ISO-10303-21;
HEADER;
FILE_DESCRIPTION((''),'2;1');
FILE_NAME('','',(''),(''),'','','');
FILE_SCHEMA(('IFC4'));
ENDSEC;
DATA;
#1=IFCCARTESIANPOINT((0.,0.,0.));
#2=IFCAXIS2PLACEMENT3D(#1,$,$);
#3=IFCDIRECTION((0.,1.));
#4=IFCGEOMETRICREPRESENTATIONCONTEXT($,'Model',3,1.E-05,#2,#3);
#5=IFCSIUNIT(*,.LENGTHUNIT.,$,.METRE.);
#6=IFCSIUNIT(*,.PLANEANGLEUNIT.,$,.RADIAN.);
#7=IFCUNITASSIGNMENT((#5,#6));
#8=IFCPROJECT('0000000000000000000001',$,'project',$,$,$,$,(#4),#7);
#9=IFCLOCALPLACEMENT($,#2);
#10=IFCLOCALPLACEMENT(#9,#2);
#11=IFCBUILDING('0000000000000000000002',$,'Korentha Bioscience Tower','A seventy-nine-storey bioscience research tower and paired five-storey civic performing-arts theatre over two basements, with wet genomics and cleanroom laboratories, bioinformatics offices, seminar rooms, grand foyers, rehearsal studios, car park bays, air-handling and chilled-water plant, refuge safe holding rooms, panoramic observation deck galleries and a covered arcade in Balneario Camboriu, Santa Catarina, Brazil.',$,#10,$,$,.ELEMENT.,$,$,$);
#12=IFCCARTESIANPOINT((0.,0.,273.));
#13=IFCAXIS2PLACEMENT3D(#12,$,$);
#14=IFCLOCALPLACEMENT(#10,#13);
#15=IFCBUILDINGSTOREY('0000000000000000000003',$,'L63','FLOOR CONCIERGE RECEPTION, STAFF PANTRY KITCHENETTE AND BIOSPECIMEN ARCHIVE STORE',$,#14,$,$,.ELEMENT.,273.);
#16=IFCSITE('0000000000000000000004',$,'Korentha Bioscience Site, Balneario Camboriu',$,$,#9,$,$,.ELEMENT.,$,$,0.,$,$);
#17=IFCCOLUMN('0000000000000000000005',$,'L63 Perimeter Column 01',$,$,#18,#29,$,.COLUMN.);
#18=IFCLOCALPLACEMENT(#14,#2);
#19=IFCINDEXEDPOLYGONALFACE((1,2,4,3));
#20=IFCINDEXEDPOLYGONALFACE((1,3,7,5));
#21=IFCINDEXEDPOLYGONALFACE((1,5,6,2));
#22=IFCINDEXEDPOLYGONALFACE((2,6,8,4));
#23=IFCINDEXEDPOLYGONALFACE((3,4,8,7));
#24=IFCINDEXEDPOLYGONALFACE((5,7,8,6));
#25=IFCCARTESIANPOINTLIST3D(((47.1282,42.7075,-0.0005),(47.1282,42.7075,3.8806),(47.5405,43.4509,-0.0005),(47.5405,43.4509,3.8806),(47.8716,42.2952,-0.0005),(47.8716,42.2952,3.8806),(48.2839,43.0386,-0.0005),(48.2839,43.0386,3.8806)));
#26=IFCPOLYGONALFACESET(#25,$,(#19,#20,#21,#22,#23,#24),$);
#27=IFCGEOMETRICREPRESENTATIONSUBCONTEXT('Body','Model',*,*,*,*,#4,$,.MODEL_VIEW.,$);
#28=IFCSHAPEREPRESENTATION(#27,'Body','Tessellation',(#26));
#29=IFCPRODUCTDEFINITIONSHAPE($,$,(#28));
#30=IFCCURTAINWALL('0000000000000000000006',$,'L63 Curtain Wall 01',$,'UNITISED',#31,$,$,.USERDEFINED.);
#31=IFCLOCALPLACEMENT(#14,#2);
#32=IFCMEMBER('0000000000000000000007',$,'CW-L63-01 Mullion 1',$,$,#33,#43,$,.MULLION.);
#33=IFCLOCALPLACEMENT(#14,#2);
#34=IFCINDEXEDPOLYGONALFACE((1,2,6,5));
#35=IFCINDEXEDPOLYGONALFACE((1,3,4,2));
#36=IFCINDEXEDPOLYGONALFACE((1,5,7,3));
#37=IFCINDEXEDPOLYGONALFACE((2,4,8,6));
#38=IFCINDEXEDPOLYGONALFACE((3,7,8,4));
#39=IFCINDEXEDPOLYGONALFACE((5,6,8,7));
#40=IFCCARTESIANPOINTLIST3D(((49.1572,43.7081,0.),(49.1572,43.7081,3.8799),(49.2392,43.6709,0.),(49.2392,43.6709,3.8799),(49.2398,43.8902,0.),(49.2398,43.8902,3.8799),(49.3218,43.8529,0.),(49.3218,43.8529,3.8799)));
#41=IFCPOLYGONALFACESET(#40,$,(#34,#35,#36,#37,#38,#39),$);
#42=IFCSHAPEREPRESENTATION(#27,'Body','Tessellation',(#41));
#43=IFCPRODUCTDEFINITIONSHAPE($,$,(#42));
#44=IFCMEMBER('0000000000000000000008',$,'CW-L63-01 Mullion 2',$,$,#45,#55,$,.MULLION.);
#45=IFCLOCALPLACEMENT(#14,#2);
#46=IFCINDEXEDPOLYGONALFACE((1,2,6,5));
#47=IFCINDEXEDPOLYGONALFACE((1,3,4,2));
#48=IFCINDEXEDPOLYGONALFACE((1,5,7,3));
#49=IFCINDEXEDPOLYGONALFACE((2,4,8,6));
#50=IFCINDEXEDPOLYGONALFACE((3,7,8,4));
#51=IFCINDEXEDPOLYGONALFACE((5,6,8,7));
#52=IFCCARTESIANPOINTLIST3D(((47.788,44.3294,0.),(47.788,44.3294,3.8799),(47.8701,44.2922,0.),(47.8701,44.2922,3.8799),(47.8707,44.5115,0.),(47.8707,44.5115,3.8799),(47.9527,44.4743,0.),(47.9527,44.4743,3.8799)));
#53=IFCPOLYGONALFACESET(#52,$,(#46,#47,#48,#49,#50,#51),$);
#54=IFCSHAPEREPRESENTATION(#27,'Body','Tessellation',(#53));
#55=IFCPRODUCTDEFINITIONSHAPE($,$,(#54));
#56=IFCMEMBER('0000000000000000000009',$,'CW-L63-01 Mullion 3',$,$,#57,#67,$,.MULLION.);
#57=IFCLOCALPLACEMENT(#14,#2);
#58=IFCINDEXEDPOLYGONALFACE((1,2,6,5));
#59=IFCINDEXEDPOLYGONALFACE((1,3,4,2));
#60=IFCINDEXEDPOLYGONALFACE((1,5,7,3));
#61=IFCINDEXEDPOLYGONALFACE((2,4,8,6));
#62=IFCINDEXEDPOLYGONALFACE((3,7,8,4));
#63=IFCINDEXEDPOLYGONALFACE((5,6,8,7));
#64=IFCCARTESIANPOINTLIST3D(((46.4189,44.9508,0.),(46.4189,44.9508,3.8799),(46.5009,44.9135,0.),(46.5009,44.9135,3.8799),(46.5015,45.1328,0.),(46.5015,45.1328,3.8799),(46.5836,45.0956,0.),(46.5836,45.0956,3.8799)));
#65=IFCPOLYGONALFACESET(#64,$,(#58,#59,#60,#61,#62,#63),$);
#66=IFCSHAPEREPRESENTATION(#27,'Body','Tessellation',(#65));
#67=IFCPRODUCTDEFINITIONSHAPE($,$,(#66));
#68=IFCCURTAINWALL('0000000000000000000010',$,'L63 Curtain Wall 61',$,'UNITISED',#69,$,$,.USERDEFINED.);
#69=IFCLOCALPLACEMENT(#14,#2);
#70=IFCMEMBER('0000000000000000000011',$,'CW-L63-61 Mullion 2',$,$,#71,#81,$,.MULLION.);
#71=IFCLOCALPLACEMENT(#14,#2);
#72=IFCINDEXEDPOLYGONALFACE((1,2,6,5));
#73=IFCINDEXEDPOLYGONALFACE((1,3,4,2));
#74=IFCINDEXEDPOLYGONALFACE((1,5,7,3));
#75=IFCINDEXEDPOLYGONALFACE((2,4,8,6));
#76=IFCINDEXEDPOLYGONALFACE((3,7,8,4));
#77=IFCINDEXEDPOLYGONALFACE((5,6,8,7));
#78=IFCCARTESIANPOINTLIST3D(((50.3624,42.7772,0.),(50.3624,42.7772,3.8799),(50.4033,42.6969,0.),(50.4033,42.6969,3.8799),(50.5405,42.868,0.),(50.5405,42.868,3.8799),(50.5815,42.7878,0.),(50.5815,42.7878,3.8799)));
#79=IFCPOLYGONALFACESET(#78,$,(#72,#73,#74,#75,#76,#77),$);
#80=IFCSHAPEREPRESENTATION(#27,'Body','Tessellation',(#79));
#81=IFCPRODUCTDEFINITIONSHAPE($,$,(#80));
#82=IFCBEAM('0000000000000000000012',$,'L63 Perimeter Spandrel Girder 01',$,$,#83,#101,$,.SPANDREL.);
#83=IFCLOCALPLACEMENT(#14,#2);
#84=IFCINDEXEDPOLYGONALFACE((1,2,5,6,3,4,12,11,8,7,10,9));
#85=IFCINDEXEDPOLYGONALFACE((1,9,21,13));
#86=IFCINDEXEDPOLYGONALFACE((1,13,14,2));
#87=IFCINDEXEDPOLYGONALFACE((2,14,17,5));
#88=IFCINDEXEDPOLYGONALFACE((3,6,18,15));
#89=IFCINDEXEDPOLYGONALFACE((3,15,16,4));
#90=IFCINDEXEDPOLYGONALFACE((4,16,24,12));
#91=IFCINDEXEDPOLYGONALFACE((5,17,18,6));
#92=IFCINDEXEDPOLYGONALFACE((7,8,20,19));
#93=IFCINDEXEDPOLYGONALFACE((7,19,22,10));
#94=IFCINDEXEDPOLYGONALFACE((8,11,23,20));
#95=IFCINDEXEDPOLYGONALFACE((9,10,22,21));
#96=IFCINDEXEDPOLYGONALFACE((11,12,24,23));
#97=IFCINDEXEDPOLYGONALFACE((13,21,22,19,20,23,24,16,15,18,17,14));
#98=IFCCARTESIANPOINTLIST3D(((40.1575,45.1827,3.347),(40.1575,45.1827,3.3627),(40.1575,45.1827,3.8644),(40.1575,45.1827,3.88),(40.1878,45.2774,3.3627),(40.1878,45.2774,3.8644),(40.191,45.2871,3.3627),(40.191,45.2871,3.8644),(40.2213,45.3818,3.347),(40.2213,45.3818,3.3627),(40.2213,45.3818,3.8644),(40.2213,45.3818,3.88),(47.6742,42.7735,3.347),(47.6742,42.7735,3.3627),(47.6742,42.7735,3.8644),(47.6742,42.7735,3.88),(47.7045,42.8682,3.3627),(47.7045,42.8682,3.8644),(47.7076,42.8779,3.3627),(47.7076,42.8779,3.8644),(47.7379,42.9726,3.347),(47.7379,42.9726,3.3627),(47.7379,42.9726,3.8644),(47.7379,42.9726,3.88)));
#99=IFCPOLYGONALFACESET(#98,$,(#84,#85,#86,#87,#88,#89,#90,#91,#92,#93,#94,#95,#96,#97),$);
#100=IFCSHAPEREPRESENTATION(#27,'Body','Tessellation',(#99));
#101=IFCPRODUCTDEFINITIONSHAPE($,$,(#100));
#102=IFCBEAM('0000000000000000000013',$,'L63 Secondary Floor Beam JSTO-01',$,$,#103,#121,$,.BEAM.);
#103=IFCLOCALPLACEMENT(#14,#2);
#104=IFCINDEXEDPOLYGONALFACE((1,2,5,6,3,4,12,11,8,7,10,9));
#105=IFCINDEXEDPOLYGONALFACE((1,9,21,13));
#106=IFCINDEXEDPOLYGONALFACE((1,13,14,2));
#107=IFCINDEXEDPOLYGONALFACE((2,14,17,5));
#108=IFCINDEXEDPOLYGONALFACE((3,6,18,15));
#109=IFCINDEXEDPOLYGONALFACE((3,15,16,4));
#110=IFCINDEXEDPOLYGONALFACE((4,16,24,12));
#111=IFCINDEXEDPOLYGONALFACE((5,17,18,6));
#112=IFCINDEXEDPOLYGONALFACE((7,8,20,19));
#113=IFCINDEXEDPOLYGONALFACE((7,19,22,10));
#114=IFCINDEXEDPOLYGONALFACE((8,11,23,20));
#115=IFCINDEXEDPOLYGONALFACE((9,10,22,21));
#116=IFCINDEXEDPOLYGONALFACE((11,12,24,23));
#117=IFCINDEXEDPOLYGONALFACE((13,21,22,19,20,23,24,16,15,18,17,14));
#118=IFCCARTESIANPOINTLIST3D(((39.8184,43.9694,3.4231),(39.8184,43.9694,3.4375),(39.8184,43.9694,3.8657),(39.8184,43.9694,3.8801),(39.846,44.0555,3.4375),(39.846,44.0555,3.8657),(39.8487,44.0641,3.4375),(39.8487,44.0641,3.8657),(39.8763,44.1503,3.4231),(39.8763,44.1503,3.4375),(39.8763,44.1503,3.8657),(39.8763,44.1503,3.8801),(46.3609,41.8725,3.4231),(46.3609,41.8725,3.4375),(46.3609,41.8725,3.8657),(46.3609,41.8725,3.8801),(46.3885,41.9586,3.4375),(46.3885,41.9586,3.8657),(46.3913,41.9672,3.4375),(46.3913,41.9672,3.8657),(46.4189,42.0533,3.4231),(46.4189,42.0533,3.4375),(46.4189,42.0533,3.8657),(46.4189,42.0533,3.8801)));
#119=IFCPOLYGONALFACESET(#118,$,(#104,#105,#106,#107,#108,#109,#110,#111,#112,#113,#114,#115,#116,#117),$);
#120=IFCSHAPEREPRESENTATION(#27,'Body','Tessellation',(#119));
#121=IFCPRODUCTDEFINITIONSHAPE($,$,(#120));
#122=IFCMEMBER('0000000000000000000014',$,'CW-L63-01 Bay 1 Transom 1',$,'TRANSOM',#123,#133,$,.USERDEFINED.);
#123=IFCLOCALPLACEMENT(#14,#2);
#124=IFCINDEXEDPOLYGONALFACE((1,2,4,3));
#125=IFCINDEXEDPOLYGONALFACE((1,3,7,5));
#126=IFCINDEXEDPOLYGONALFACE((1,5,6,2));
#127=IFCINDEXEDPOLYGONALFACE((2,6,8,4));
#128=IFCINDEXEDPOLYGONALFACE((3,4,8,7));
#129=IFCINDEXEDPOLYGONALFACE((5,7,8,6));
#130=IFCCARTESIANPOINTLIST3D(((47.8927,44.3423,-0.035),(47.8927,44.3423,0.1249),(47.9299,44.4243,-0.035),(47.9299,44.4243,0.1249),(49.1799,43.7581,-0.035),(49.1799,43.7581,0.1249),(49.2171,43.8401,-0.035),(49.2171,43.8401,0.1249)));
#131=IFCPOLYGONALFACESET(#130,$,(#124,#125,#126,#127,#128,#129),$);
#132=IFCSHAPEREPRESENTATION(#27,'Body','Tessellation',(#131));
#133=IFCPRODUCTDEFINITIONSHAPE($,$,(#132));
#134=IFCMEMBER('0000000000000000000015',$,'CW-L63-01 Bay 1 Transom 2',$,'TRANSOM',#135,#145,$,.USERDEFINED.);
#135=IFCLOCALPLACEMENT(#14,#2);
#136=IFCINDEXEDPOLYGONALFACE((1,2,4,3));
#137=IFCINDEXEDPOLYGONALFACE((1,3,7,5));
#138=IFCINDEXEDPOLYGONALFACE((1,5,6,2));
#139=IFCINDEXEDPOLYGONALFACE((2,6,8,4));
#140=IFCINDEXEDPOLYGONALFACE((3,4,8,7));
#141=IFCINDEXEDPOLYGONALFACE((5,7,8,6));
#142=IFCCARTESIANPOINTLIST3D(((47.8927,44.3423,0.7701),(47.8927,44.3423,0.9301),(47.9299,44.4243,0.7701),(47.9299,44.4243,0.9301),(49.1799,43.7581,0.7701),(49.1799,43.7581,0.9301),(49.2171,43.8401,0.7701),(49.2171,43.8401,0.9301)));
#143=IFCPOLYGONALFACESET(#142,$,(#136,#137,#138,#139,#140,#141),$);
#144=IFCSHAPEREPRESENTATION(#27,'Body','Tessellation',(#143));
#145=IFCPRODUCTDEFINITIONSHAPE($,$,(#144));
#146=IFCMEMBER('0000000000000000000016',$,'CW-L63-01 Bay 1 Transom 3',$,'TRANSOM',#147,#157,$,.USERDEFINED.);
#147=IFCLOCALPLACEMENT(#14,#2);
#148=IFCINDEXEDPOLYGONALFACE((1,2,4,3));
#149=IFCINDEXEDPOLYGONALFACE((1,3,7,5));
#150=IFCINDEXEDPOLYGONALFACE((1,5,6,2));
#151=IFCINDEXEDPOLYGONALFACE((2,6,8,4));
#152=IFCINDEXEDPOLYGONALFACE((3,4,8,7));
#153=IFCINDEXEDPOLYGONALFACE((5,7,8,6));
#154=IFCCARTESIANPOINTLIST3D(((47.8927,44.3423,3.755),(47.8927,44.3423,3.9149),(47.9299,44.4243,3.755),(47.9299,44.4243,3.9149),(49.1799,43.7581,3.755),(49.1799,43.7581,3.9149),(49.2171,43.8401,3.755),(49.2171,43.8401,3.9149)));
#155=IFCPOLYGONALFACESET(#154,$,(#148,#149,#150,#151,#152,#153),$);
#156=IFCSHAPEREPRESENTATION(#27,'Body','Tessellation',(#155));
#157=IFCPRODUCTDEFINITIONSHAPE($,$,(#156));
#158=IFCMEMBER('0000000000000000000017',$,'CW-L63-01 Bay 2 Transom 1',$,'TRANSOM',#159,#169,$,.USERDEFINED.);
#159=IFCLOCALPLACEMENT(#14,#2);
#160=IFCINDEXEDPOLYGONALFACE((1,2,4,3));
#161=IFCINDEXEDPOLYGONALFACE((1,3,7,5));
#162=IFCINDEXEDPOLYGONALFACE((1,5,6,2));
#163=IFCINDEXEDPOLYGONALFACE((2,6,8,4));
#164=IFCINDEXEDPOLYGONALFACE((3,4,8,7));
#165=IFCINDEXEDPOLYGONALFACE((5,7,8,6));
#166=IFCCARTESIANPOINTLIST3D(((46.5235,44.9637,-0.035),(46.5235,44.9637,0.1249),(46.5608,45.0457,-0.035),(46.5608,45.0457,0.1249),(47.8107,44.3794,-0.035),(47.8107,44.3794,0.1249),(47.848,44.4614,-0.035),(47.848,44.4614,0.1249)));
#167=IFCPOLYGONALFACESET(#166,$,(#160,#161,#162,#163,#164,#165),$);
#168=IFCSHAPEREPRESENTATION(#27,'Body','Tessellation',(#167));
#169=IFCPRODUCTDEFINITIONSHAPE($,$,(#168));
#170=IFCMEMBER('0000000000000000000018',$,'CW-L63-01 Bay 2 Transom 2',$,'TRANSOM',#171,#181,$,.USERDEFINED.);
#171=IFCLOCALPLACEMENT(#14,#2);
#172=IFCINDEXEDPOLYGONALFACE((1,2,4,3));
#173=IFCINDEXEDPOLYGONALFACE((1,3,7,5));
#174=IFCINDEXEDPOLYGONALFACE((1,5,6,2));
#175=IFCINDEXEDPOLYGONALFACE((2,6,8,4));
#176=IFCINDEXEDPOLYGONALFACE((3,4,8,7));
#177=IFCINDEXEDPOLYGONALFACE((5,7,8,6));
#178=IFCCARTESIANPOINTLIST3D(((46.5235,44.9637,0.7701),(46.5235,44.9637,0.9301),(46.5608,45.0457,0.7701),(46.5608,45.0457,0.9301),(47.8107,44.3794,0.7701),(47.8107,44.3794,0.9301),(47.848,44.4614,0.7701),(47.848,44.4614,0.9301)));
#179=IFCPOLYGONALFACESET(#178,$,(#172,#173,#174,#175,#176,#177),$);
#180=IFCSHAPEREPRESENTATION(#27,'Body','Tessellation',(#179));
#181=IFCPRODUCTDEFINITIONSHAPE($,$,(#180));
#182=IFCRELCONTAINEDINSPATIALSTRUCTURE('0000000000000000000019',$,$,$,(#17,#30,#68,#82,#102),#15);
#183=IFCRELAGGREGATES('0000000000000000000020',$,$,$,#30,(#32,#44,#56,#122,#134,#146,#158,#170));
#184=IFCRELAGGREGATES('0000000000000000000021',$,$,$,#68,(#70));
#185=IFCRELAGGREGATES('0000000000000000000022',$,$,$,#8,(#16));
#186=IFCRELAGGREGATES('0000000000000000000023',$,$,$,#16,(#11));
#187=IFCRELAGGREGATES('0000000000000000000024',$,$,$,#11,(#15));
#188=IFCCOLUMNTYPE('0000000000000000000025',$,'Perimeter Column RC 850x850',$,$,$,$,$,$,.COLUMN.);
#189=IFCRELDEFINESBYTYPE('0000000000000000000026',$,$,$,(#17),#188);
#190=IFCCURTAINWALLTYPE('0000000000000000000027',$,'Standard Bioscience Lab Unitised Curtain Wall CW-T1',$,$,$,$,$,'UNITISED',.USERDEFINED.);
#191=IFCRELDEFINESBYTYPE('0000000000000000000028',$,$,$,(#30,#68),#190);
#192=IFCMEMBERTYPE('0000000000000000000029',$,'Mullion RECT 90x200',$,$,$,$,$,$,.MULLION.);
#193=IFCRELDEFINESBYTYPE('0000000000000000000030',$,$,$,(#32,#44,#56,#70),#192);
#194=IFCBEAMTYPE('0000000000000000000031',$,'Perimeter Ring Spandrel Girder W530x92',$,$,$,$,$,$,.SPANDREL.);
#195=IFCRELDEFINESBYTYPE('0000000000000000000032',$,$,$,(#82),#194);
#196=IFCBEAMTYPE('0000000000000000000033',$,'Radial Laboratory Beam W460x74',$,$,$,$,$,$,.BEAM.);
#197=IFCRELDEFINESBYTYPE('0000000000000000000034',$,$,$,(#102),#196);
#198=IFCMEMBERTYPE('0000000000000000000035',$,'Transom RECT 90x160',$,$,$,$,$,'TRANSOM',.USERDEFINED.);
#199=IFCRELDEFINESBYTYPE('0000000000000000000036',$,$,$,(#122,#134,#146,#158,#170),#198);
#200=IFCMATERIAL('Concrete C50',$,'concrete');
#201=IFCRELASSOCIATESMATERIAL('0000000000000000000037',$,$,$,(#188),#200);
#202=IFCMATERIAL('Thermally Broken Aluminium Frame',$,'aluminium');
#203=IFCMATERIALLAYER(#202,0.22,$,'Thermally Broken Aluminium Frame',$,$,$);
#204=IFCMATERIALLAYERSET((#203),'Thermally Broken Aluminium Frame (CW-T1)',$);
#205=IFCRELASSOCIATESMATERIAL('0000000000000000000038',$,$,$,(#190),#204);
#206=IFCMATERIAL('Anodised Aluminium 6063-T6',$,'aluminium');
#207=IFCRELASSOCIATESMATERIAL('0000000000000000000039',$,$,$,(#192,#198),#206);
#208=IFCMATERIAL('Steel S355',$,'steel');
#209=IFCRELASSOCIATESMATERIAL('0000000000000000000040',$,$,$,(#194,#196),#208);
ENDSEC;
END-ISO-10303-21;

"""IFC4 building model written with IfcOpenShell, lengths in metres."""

from ifc_helpers import new_model, si_unit, direction, frame, origin, origin_2d, place, context, subcontext, project, spatial, rectangle, i_section, extrude, material, layer, layer_set, material_profile, profile_set, type_object, element, aggregate, save


model = new_model("IFC4")

# Units and contexts
model_context = context("Model", 3, precision=1e-05, world=origin(), true_north=direction((0.0, 1.0)))
body_context = subcontext(model_context, "Body", "Model", "MODEL_VIEW")
ifc_project = project(units=[si_unit("LENGTHUNIT", "METRE"), si_unit("PLANEANGLEUNIT", "RADIAN")], contexts=[model_context])

# Site, building, storey
site_placement = place(None, origin())
site = spatial("IfcSite", under=ifc_project, at=site_placement, Name="Korentha Bioscience Site, Balneario Camboriu", CompositionType="ELEMENT", RefElevation=0.0)
building_placement = place(site_placement, origin())
building = spatial("IfcBuilding", under=site, at=building_placement, Name="Korentha Bioscience Tower", Description="A seventy-nine-storey bioscience research tower and paired five-storey civic performing-arts theatre over two basements, with wet genomics and cleanroom laboratories, bioinformatics offices, seminar rooms, grand foyers, rehearsal studios, car park bays, air-handling and chilled-water plant, refuge safe holding rooms, panoramic observation deck galleries and a covered arcade in Balneario Camboriu, Santa Catarina, Brazil.", CompositionType="ELEMENT")
storey_placement = place(building_placement, frame((0.0, 0.0, 273.0)))
storey = spatial("IfcBuildingStorey", under=building, at=storey_placement, Name="L63", Description="FLOOR CONCIERGE RECEPTION, STAFF PANTRY KITCHENETTE AND BIOSPECIMEN ARCHIVE STORE", CompositionType="ELEMENT", Elevation=273.0)

# Column
ifc_material_1 = material(Name="Concrete C50", Category="concrete")
ifc_material_profile_1 = material_profile(ifc_material_1, rectangle(XDim=0.8501, YDim=0.8501, at=origin_2d()), Name="Concrete C50")
ifc_profile_set_1 = profile_set([ifc_material_profile_1], Name="Concrete C50 (COL-P08)")
column_type = type_object("IfcColumnType", Name="Perimeter Column RC 850x850", PredefinedType="COLUMN", material=ifc_profile_set_1)
column_placement = place(storey_placement, frame((47.7061, 42.873, -0.0005), z_axis=(0.0, 0.0, 1.0), x_axis=(-0.874535, 0.484962, 0.0)))
element("IfcColumn", 1, at=column_placement, inside=storey, type_object=column_type, Name="L63 Perimeter Column 01", PredefinedType="COLUMN", context=body_context, shape_type="SweptSolid", body=[
    extrude(rectangle(XDim=0.8501, YDim=0.8501, at=origin_2d()), origin(), (0.0, 0.0, 1.0), 3.8811),
])

# Curtain wall, members
ifc_material_2 = material(Name="Thermally Broken Aluminium Frame", Category="aluminium")
ifc_layer_1 = layer(ifc_material_2, 0.22, Name="Thermally Broken Aluminium Frame")
ifc_layer_set_1 = layer_set([ifc_layer_1], Name="Thermally Broken Aluminium Frame (CW-T1)")
curtain_wall_type = type_object("IfcCurtainWallType", Name="Standard Bioscience Lab Unitised Curtain Wall CW-T1", ElementType="UNITISED", PredefinedType="USERDEFINED", material=ifc_layer_set_1)
curtain_wall_1_placement = place(storey_placement, origin())
curtain_wall_1 = element("IfcCurtainWall", 2, at=curtain_wall_1_placement, inside=storey, type_object=curtain_wall_type, Name="L63 Curtain Wall 01", ObjectType="UNITISED", PredefinedType="USERDEFINED")
ifc_material_3 = material(Name="Anodised Aluminium 6063-T6", Category="aluminium")
ifc_material_profile_2 = material_profile(ifc_material_3, rectangle(XDim=0.0901, YDim=0.2, at=origin_2d()), Name="Anodised Aluminium 6063-T6")
ifc_profile_set_2 = profile_set([ifc_material_profile_2], Name="Anodised Aluminium 6063-T6 (CW-MUL)")
member_type_1 = type_object("IfcMemberType", Name="Mullion RECT 90x200", PredefinedType="MULLION", material=ifc_profile_set_2)
member_1_placement = place(storey_placement, frame((49.2395, 43.7805, 0.0), z_axis=(0.0, 0.0, 1.0), x_axis=(-0.910604, 0.41328, 0.0)))
member_1 = element("IfcMember", 3, at=member_1_placement, type_object=member_type_1, Name="CW-L63-01 Mullion 1", PredefinedType="MULLION", context=body_context, shape_type="SweptSolid", body=[
    extrude(rectangle(XDim=0.0901, YDim=0.2, at=origin_2d()), origin(), (0.0, 0.0, 1.0), 3.8799),
])
member_2_placement = place(storey_placement, frame((47.8704, 44.4019, 0.0), z_axis=(0.0, 0.0, 1.0), x_axis=(-0.910604, 0.41328, 0.0)))
member_2 = element("IfcMember", 4, at=member_2_placement, type_object=member_type_1, Name="CW-L63-01 Mullion 2", PredefinedType="MULLION", context=body_context, shape_type="SweptSolid", body=[
    extrude(rectangle(XDim=0.0901, YDim=0.2, at=origin_2d()), origin(), (0.0, 0.0, 1.0), 3.8799),
])
member_3_placement = place(storey_placement, frame((46.5012, 45.0232, 0.0), z_axis=(0.0, 0.0, 1.0), x_axis=(-0.910604, 0.41328, 0.0)))
member_3 = element("IfcMember", 5, at=member_3_placement, type_object=member_type_1, Name="CW-L63-01 Mullion 3", PredefinedType="MULLION", context=body_context, shape_type="SweptSolid", body=[
    extrude(rectangle(XDim=0.0901, YDim=0.2, at=origin_2d()), origin(), (0.0, 0.0, 1.0), 3.8799),
])

# Curtain wall, member
curtain_wall_2_placement = place(storey_placement, origin())
curtain_wall_2 = element("IfcCurtainWall", 6, at=curtain_wall_2_placement, inside=storey, type_object=curtain_wall_type, Name="L63 Curtain Wall 61", ObjectType="UNITISED", PredefinedType="USERDEFINED")
member_4_placement = place(storey_placement, frame((50.4719, 42.7825, 0.0), z_axis=(0.0, 0.0, 1.0), x_axis=(-0.454239, 0.89088, 0.0)))
member_4 = element("IfcMember", 7, at=member_4_placement, type_object=member_type_1, Name="CW-L63-61 Mullion 2", PredefinedType="MULLION", context=body_context, shape_type="SweptSolid", body=[
    extrude(rectangle(XDim=0.0901, YDim=0.2, at=origin_2d()), origin(), (0.0, 0.0, 1.0), 3.8799),
])

# Beams
ifc_material_4 = material(Name="Steel S355", Category="steel")
ifc_material_profile_3 = material_profile(ifc_material_4, i_section(OverallWidth=0.209, OverallDepth=0.533, WebThickness=0.0103, FlangeThickness=0.0156, at=origin_2d()), Name="Steel S355")
ifc_profile_set_3 = profile_set([ifc_material_profile_3], Name="Steel S355 (SB-530)")
beam_type_1 = type_object("IfcBeamType", Name="Perimeter Ring Spandrel Girder W530x92", PredefinedType="SPANDREL", material=ifc_profile_set_3)
beam_1_placement = place(storey_placement, frame((47.7061, 42.873, 3.6135), z_axis=(-0.952282, 0.30522, 0.0), x_axis=(-0.30522, -0.952282, 0.0)))
element("IfcBeam", 8, at=beam_1_placement, inside=storey, type_object=beam_type_1, Name="L63 Perimeter Spandrel Girder 01", PredefinedType="SPANDREL", context=body_context, shape_type="SweptSolid", body=[
    extrude(i_section(OverallWidth=0.209, OverallDepth=0.533, WebThickness=0.0103, FlangeThickness=0.0156, at=origin_2d()), origin(), (0.0, 0.0, 1.0), 7.8933),
])
ifc_material_profile_4 = material_profile(ifc_material_4, i_section(OverallWidth=0.1899, OverallDepth=0.457, WebThickness=0.009, FlangeThickness=0.0144, at=origin_2d()), Name="Steel S355")
ifc_profile_set_4 = profile_set([ifc_material_profile_4], Name="Steel S355 (RB-460)")
beam_type_2 = type_object("IfcBeamType", Name="Radial Laboratory Beam W460x74", PredefinedType="BEAM", material=ifc_profile_set_4)
beam_2_placement = place(storey_placement, frame((46.3899, 41.9629, 3.6516), z_axis=(-0.952283, 0.305215, 0.0), x_axis=(-0.305215, -0.952283, 0.0)))
element("IfcBeam", 9, at=beam_2_placement, inside=storey, type_object=beam_type_2, Name="L63 Secondary Floor Beam JSTO-01", PredefinedType="BEAM", context=body_context, shape_type="SweptSolid", body=[
    extrude(i_section(OverallWidth=0.1899, OverallDepth=0.457, WebThickness=0.009, FlangeThickness=0.0144, at=origin_2d()), origin(), (0.0, 0.0, 1.0), 6.8704),
])

# Members
ifc_material_profile_5 = material_profile(ifc_material_3, rectangle(XDim=0.0901, YDim=0.1599, at=origin_2d()), Name="Anodised Aluminium 6063-T6")
ifc_profile_set_5 = profile_set([ifc_material_profile_5], Name="Anodised Aluminium 6063-T6 (CW-TRN)")
member_type_2 = type_object("IfcMemberType", Name="Transom RECT 90x160", ElementType="TRANSOM", PredefinedType="USERDEFINED", material=ifc_profile_set_5)
member_5_placement = place(storey_placement, frame((49.1985, 43.7991, 0.0449), z_axis=(-0.910585, 0.413321, 0.0), x_axis=(-0.413321, -0.910585, 0.0)))
member_5 = element("IfcMember", 10, at=member_5_placement, type_object=member_type_2, Name="CW-L63-01 Bay 1 Transom 1", ObjectType="TRANSOM", PredefinedType="USERDEFINED", context=body_context, shape_type="SweptSolid", body=[
    extrude(rectangle(XDim=0.0901, YDim=0.1599, at=origin_2d()), origin(), (0.0, 0.0, 1.0), 1.4136),
])
member_6_placement = place(storey_placement, frame((49.1985, 43.7991, 0.8501), z_axis=(-0.910585, 0.413321, 0.0), x_axis=(-0.413321, -0.910585, 0.0)))
member_6 = element("IfcMember", 11, at=member_6_placement, type_object=member_type_2, Name="CW-L63-01 Bay 1 Transom 2", ObjectType="TRANSOM", PredefinedType="USERDEFINED", context=body_context, shape_type="SweptSolid", body=[
    extrude(rectangle(XDim=0.0901, YDim=0.1599, at=origin_2d()), origin(), (0.0, 0.0, 1.0), 1.4136),
])
member_7_placement = place(storey_placement, frame((49.1985, 43.7991, 3.835), z_axis=(-0.910585, 0.413321, 0.0), x_axis=(-0.413321, -0.910585, 0.0)))
member_7 = element("IfcMember", 12, at=member_7_placement, type_object=member_type_2, Name="CW-L63-01 Bay 1 Transom 3", ObjectType="TRANSOM", PredefinedType="USERDEFINED", context=body_context, shape_type="SweptSolid", body=[
    extrude(rectangle(XDim=0.0901, YDim=0.1599, at=origin_2d()), origin(), (0.0, 0.0, 1.0), 1.4136),
])
member_8_placement = place(storey_placement, frame((47.8293, 44.4204, 0.0449), z_axis=(-0.910585, 0.413321, 0.0), x_axis=(-0.413321, -0.910585, 0.0)))
member_8 = element("IfcMember", 13, at=member_8_placement, type_object=member_type_2, Name="CW-L63-01 Bay 2 Transom 1", ObjectType="TRANSOM", PredefinedType="USERDEFINED", context=body_context, shape_type="SweptSolid", body=[
    extrude(rectangle(XDim=0.0901, YDim=0.1599, at=origin_2d()), origin(), (0.0, 0.0, 1.0), 1.4136),
])
member_9_placement = place(storey_placement, frame((47.8293, 44.4204, 0.8501), z_axis=(-0.910585, 0.413321, 0.0), x_axis=(-0.413321, -0.910585, 0.0)))
member_9 = element("IfcMember", 14, at=member_9_placement, type_object=member_type_2, Name="CW-L63-01 Bay 2 Transom 2", ObjectType="TRANSOM", PredefinedType="USERDEFINED", context=body_context, shape_type="SweptSolid", body=[
    extrude(rectangle(XDim=0.0901, YDim=0.1599, at=origin_2d()), origin(), (0.0, 0.0, 1.0), 1.4136),
])

aggregate(curtain_wall_1, [member_1, member_2, member_3, member_5, member_6, member_7, member_8, member_9])
aggregate(curtain_wall_2, [member_4])

save(model, "model.ifc")
